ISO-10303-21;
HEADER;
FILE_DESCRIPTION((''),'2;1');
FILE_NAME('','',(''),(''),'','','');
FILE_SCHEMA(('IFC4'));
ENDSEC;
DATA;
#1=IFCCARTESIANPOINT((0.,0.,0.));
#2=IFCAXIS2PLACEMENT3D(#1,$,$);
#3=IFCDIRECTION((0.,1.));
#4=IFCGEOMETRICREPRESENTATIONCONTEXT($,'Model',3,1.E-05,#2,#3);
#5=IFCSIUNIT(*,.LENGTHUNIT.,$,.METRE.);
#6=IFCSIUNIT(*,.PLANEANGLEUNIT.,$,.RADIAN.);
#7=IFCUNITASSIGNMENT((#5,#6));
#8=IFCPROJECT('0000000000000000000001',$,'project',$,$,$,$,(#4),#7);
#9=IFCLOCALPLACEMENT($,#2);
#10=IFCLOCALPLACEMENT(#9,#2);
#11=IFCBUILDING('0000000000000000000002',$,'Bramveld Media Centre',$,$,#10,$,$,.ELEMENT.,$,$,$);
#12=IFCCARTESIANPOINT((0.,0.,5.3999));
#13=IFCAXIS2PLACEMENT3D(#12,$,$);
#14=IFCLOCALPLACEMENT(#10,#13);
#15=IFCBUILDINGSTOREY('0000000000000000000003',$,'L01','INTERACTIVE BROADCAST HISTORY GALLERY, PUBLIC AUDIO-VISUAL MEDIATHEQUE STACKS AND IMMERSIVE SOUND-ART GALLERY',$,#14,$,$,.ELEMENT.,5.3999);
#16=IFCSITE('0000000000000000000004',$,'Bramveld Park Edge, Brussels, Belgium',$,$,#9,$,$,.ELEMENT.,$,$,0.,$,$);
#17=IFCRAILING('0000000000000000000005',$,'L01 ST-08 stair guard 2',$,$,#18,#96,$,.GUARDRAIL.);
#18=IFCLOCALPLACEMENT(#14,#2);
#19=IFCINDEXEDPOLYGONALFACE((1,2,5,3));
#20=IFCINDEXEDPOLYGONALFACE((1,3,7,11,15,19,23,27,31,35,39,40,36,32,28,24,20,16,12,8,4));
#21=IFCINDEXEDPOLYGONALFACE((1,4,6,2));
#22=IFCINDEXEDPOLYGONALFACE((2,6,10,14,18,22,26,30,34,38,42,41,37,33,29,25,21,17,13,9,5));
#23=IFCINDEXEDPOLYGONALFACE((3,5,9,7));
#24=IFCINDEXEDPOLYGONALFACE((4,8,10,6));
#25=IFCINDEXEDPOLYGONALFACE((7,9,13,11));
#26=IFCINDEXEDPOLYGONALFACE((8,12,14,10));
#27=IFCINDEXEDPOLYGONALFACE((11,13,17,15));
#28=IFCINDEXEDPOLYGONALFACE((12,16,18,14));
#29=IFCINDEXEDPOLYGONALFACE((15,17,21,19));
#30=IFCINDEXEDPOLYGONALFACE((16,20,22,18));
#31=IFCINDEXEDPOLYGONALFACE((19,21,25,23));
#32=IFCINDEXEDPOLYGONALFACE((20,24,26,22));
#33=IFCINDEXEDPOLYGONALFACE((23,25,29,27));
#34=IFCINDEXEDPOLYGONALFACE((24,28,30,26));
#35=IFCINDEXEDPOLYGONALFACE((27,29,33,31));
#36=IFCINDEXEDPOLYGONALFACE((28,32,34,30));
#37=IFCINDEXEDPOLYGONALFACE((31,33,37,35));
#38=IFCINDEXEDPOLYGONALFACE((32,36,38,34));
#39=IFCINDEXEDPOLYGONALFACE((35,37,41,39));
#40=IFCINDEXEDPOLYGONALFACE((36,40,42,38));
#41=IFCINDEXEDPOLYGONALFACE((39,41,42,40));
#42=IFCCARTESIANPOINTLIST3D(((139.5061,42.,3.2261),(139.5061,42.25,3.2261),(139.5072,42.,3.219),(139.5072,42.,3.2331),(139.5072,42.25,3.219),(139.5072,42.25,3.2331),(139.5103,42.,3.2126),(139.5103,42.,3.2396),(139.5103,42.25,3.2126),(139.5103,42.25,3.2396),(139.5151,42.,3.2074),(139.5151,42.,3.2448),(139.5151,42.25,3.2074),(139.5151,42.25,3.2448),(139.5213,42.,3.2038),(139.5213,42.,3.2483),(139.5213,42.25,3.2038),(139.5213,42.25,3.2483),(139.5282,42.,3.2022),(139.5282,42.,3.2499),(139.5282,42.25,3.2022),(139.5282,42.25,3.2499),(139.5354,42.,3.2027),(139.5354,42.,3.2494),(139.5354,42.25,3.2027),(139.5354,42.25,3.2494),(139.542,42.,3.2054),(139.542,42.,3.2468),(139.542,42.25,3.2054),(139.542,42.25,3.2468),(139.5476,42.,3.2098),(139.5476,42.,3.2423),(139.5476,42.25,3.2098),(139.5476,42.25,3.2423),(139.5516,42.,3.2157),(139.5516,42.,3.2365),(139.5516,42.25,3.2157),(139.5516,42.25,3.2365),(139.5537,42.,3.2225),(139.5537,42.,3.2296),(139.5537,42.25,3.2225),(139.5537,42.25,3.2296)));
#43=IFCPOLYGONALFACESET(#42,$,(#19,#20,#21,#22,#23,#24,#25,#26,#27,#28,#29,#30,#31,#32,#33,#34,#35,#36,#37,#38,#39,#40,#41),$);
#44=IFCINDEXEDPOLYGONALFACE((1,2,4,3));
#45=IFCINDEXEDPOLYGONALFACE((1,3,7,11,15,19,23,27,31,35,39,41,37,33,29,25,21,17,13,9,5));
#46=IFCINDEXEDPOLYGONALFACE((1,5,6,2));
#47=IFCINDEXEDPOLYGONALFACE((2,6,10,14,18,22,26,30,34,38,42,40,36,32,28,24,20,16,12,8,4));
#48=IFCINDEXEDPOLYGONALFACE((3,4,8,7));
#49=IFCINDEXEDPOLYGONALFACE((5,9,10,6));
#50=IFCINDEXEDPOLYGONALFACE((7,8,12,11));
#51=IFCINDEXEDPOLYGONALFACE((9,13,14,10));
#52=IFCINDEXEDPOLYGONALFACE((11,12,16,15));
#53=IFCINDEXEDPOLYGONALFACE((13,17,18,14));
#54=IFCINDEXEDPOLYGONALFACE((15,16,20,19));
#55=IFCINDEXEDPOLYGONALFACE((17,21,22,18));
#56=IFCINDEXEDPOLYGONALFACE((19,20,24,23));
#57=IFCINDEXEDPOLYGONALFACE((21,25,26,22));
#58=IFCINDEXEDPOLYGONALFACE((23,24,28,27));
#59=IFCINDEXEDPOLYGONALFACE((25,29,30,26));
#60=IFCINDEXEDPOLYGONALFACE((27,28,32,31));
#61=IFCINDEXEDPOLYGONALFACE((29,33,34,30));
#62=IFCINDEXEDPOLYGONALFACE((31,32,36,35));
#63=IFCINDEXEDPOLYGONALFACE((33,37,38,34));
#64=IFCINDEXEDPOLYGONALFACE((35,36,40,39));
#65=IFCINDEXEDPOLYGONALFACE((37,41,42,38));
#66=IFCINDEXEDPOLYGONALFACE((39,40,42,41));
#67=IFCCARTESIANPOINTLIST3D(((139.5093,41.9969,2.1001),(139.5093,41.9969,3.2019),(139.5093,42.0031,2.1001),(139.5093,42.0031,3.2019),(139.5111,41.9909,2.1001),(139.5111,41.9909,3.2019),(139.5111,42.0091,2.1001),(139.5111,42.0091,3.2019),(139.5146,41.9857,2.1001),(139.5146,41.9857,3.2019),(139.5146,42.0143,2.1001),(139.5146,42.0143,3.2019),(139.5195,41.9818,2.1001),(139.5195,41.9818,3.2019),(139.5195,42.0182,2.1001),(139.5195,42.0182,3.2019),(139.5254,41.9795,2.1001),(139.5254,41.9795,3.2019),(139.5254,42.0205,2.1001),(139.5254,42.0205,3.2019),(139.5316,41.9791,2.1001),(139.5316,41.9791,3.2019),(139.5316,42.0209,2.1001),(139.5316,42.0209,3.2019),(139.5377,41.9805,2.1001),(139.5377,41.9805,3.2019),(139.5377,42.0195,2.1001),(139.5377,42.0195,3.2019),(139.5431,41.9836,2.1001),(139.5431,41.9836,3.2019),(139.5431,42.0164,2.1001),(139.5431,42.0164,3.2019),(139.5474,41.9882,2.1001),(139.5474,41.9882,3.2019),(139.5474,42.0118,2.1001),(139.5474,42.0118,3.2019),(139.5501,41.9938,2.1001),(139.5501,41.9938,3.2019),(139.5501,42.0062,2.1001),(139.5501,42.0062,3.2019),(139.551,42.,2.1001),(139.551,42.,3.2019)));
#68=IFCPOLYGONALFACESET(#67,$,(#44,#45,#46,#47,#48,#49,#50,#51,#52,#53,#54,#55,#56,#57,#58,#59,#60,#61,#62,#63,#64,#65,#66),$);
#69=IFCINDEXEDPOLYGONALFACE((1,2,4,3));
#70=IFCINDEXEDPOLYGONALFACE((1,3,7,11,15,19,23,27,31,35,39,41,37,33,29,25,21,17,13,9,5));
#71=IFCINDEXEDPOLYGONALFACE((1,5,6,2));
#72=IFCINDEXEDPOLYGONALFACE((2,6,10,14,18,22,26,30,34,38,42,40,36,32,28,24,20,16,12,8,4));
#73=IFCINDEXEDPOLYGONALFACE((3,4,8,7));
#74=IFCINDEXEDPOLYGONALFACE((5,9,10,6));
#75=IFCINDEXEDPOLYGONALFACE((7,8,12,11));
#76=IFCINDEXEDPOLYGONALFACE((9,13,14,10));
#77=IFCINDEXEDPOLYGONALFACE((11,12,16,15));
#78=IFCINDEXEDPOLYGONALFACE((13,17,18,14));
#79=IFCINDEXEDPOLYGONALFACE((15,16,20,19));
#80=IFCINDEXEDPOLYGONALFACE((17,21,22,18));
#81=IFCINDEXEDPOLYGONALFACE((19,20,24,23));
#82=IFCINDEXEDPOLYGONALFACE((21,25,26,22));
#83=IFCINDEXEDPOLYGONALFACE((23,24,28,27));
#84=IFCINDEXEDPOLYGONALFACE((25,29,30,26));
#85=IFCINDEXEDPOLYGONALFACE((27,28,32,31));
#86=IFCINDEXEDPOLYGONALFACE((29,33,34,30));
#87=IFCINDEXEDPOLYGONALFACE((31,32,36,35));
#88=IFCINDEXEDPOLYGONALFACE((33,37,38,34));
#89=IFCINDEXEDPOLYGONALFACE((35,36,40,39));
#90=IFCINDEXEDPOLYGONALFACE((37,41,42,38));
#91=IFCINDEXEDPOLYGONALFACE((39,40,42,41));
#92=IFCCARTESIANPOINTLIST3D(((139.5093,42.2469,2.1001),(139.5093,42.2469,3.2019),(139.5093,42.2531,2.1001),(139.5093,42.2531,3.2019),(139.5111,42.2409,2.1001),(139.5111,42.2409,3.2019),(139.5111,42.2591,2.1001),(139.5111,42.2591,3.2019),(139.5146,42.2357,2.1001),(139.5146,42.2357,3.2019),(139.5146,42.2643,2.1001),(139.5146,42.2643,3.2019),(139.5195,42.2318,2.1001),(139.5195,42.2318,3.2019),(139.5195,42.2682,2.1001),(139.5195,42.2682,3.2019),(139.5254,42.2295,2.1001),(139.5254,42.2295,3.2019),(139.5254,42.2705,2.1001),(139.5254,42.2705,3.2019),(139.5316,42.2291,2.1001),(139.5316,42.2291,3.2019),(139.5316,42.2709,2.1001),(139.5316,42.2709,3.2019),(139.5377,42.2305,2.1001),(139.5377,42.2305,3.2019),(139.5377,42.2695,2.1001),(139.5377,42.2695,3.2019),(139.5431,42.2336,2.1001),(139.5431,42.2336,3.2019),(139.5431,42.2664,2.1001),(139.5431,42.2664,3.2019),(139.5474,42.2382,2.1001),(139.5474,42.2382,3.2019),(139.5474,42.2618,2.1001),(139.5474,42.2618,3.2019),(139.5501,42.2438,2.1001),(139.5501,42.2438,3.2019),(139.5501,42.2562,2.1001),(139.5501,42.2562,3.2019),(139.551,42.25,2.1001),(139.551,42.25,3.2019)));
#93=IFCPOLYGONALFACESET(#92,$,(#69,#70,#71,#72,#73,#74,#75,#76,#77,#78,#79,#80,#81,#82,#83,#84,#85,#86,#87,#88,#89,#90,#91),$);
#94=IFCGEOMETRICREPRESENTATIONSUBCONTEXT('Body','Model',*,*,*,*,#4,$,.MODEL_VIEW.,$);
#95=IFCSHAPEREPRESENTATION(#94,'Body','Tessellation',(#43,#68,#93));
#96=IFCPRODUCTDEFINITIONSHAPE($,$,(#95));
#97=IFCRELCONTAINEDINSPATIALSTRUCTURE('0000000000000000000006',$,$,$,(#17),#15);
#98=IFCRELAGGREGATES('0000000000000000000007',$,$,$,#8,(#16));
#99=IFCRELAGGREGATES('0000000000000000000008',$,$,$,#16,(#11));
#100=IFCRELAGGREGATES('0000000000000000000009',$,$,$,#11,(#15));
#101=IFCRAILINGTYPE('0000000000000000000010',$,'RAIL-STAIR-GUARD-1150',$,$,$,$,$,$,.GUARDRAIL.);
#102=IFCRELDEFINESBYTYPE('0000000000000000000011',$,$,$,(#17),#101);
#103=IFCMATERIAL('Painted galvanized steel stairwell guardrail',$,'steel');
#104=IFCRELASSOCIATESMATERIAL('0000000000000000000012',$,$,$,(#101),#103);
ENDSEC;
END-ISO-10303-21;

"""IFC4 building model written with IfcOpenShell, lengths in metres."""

from ifc_helpers import new_model, si_unit, direction, frame, origin, origin_2d, place, context, subcontext, project, spatial, circle, extrude, material, type_object, element, save


model = new_model("IFC4")

# Units and contexts
model_context = context("Model", 3, precision=1e-05, world=origin(), true_north=direction((0.0, 1.0)))
body_context = subcontext(model_context, "Body", "Model", "MODEL_VIEW")
ifc_project = project(units=[si_unit("LENGTHUNIT", "METRE"), si_unit("PLANEANGLEUNIT", "RADIAN")], contexts=[model_context])

# Site, building, storey
site_placement = place(None, origin())
site = spatial("IfcSite", under=ifc_project, at=site_placement, Name="Bramveld Park Edge, Brussels, Belgium", CompositionType="ELEMENT", RefElevation=0.0)
building_placement = place(site_placement, origin())
building = spatial("IfcBuilding", under=site, at=building_placement, Name="Bramveld Media Centre", CompositionType="ELEMENT")
storey_placement = place(building_placement, frame((0.0, 0.0, 5.3999)))
storey = spatial("IfcBuildingStorey", under=building, at=storey_placement, Name="L01", Description="INTERACTIVE BROADCAST HISTORY GALLERY, PUBLIC AUDIO-VISUAL MEDIATHEQUE STACKS AND IMMERSIVE SOUND-ART GALLERY", CompositionType="ELEMENT", Elevation=5.3999)

# Railing
ifc_material_1 = material(Name="Painted galvanized steel stairwell guardrail", Category="steel")
railing_type_1 = type_object("IfcRailingType", Name="RAIL-STAIR-GUARD-1150", PredefinedType="GUARDRAIL", material=ifc_material_1)
railing_1_placement = place(storey_placement, frame((139.53, 42.0, 2.1001)))
element("IfcRailing", 1, at=railing_1_placement, inside=storey, type_object=railing_type_1, Name="L01 ST-08 stair guard 2", PredefinedType="GUARDRAIL", context=body_context, shape_type="SweptSolid", body=[
    extrude(circle(Radius=0.0239, at=origin_2d()), frame((0.0, 0.0, 1.126), z_axis=(0.0, 1.0, 0.0), x_axis=(-1.0, 0.0, 0.0)), (0.0, 0.0, 1.0), 0.25),
    extrude(circle(Radius=0.021, at=origin_2d()), origin(), (0.0, 0.0, 1.0), 1.1018),
    extrude(circle(Radius=0.021, at=origin_2d()), frame((0.0, 0.25, 0.0)), (0.0, 0.0, 1.0), 1.1018),
])

save(model, "model.ifc")
